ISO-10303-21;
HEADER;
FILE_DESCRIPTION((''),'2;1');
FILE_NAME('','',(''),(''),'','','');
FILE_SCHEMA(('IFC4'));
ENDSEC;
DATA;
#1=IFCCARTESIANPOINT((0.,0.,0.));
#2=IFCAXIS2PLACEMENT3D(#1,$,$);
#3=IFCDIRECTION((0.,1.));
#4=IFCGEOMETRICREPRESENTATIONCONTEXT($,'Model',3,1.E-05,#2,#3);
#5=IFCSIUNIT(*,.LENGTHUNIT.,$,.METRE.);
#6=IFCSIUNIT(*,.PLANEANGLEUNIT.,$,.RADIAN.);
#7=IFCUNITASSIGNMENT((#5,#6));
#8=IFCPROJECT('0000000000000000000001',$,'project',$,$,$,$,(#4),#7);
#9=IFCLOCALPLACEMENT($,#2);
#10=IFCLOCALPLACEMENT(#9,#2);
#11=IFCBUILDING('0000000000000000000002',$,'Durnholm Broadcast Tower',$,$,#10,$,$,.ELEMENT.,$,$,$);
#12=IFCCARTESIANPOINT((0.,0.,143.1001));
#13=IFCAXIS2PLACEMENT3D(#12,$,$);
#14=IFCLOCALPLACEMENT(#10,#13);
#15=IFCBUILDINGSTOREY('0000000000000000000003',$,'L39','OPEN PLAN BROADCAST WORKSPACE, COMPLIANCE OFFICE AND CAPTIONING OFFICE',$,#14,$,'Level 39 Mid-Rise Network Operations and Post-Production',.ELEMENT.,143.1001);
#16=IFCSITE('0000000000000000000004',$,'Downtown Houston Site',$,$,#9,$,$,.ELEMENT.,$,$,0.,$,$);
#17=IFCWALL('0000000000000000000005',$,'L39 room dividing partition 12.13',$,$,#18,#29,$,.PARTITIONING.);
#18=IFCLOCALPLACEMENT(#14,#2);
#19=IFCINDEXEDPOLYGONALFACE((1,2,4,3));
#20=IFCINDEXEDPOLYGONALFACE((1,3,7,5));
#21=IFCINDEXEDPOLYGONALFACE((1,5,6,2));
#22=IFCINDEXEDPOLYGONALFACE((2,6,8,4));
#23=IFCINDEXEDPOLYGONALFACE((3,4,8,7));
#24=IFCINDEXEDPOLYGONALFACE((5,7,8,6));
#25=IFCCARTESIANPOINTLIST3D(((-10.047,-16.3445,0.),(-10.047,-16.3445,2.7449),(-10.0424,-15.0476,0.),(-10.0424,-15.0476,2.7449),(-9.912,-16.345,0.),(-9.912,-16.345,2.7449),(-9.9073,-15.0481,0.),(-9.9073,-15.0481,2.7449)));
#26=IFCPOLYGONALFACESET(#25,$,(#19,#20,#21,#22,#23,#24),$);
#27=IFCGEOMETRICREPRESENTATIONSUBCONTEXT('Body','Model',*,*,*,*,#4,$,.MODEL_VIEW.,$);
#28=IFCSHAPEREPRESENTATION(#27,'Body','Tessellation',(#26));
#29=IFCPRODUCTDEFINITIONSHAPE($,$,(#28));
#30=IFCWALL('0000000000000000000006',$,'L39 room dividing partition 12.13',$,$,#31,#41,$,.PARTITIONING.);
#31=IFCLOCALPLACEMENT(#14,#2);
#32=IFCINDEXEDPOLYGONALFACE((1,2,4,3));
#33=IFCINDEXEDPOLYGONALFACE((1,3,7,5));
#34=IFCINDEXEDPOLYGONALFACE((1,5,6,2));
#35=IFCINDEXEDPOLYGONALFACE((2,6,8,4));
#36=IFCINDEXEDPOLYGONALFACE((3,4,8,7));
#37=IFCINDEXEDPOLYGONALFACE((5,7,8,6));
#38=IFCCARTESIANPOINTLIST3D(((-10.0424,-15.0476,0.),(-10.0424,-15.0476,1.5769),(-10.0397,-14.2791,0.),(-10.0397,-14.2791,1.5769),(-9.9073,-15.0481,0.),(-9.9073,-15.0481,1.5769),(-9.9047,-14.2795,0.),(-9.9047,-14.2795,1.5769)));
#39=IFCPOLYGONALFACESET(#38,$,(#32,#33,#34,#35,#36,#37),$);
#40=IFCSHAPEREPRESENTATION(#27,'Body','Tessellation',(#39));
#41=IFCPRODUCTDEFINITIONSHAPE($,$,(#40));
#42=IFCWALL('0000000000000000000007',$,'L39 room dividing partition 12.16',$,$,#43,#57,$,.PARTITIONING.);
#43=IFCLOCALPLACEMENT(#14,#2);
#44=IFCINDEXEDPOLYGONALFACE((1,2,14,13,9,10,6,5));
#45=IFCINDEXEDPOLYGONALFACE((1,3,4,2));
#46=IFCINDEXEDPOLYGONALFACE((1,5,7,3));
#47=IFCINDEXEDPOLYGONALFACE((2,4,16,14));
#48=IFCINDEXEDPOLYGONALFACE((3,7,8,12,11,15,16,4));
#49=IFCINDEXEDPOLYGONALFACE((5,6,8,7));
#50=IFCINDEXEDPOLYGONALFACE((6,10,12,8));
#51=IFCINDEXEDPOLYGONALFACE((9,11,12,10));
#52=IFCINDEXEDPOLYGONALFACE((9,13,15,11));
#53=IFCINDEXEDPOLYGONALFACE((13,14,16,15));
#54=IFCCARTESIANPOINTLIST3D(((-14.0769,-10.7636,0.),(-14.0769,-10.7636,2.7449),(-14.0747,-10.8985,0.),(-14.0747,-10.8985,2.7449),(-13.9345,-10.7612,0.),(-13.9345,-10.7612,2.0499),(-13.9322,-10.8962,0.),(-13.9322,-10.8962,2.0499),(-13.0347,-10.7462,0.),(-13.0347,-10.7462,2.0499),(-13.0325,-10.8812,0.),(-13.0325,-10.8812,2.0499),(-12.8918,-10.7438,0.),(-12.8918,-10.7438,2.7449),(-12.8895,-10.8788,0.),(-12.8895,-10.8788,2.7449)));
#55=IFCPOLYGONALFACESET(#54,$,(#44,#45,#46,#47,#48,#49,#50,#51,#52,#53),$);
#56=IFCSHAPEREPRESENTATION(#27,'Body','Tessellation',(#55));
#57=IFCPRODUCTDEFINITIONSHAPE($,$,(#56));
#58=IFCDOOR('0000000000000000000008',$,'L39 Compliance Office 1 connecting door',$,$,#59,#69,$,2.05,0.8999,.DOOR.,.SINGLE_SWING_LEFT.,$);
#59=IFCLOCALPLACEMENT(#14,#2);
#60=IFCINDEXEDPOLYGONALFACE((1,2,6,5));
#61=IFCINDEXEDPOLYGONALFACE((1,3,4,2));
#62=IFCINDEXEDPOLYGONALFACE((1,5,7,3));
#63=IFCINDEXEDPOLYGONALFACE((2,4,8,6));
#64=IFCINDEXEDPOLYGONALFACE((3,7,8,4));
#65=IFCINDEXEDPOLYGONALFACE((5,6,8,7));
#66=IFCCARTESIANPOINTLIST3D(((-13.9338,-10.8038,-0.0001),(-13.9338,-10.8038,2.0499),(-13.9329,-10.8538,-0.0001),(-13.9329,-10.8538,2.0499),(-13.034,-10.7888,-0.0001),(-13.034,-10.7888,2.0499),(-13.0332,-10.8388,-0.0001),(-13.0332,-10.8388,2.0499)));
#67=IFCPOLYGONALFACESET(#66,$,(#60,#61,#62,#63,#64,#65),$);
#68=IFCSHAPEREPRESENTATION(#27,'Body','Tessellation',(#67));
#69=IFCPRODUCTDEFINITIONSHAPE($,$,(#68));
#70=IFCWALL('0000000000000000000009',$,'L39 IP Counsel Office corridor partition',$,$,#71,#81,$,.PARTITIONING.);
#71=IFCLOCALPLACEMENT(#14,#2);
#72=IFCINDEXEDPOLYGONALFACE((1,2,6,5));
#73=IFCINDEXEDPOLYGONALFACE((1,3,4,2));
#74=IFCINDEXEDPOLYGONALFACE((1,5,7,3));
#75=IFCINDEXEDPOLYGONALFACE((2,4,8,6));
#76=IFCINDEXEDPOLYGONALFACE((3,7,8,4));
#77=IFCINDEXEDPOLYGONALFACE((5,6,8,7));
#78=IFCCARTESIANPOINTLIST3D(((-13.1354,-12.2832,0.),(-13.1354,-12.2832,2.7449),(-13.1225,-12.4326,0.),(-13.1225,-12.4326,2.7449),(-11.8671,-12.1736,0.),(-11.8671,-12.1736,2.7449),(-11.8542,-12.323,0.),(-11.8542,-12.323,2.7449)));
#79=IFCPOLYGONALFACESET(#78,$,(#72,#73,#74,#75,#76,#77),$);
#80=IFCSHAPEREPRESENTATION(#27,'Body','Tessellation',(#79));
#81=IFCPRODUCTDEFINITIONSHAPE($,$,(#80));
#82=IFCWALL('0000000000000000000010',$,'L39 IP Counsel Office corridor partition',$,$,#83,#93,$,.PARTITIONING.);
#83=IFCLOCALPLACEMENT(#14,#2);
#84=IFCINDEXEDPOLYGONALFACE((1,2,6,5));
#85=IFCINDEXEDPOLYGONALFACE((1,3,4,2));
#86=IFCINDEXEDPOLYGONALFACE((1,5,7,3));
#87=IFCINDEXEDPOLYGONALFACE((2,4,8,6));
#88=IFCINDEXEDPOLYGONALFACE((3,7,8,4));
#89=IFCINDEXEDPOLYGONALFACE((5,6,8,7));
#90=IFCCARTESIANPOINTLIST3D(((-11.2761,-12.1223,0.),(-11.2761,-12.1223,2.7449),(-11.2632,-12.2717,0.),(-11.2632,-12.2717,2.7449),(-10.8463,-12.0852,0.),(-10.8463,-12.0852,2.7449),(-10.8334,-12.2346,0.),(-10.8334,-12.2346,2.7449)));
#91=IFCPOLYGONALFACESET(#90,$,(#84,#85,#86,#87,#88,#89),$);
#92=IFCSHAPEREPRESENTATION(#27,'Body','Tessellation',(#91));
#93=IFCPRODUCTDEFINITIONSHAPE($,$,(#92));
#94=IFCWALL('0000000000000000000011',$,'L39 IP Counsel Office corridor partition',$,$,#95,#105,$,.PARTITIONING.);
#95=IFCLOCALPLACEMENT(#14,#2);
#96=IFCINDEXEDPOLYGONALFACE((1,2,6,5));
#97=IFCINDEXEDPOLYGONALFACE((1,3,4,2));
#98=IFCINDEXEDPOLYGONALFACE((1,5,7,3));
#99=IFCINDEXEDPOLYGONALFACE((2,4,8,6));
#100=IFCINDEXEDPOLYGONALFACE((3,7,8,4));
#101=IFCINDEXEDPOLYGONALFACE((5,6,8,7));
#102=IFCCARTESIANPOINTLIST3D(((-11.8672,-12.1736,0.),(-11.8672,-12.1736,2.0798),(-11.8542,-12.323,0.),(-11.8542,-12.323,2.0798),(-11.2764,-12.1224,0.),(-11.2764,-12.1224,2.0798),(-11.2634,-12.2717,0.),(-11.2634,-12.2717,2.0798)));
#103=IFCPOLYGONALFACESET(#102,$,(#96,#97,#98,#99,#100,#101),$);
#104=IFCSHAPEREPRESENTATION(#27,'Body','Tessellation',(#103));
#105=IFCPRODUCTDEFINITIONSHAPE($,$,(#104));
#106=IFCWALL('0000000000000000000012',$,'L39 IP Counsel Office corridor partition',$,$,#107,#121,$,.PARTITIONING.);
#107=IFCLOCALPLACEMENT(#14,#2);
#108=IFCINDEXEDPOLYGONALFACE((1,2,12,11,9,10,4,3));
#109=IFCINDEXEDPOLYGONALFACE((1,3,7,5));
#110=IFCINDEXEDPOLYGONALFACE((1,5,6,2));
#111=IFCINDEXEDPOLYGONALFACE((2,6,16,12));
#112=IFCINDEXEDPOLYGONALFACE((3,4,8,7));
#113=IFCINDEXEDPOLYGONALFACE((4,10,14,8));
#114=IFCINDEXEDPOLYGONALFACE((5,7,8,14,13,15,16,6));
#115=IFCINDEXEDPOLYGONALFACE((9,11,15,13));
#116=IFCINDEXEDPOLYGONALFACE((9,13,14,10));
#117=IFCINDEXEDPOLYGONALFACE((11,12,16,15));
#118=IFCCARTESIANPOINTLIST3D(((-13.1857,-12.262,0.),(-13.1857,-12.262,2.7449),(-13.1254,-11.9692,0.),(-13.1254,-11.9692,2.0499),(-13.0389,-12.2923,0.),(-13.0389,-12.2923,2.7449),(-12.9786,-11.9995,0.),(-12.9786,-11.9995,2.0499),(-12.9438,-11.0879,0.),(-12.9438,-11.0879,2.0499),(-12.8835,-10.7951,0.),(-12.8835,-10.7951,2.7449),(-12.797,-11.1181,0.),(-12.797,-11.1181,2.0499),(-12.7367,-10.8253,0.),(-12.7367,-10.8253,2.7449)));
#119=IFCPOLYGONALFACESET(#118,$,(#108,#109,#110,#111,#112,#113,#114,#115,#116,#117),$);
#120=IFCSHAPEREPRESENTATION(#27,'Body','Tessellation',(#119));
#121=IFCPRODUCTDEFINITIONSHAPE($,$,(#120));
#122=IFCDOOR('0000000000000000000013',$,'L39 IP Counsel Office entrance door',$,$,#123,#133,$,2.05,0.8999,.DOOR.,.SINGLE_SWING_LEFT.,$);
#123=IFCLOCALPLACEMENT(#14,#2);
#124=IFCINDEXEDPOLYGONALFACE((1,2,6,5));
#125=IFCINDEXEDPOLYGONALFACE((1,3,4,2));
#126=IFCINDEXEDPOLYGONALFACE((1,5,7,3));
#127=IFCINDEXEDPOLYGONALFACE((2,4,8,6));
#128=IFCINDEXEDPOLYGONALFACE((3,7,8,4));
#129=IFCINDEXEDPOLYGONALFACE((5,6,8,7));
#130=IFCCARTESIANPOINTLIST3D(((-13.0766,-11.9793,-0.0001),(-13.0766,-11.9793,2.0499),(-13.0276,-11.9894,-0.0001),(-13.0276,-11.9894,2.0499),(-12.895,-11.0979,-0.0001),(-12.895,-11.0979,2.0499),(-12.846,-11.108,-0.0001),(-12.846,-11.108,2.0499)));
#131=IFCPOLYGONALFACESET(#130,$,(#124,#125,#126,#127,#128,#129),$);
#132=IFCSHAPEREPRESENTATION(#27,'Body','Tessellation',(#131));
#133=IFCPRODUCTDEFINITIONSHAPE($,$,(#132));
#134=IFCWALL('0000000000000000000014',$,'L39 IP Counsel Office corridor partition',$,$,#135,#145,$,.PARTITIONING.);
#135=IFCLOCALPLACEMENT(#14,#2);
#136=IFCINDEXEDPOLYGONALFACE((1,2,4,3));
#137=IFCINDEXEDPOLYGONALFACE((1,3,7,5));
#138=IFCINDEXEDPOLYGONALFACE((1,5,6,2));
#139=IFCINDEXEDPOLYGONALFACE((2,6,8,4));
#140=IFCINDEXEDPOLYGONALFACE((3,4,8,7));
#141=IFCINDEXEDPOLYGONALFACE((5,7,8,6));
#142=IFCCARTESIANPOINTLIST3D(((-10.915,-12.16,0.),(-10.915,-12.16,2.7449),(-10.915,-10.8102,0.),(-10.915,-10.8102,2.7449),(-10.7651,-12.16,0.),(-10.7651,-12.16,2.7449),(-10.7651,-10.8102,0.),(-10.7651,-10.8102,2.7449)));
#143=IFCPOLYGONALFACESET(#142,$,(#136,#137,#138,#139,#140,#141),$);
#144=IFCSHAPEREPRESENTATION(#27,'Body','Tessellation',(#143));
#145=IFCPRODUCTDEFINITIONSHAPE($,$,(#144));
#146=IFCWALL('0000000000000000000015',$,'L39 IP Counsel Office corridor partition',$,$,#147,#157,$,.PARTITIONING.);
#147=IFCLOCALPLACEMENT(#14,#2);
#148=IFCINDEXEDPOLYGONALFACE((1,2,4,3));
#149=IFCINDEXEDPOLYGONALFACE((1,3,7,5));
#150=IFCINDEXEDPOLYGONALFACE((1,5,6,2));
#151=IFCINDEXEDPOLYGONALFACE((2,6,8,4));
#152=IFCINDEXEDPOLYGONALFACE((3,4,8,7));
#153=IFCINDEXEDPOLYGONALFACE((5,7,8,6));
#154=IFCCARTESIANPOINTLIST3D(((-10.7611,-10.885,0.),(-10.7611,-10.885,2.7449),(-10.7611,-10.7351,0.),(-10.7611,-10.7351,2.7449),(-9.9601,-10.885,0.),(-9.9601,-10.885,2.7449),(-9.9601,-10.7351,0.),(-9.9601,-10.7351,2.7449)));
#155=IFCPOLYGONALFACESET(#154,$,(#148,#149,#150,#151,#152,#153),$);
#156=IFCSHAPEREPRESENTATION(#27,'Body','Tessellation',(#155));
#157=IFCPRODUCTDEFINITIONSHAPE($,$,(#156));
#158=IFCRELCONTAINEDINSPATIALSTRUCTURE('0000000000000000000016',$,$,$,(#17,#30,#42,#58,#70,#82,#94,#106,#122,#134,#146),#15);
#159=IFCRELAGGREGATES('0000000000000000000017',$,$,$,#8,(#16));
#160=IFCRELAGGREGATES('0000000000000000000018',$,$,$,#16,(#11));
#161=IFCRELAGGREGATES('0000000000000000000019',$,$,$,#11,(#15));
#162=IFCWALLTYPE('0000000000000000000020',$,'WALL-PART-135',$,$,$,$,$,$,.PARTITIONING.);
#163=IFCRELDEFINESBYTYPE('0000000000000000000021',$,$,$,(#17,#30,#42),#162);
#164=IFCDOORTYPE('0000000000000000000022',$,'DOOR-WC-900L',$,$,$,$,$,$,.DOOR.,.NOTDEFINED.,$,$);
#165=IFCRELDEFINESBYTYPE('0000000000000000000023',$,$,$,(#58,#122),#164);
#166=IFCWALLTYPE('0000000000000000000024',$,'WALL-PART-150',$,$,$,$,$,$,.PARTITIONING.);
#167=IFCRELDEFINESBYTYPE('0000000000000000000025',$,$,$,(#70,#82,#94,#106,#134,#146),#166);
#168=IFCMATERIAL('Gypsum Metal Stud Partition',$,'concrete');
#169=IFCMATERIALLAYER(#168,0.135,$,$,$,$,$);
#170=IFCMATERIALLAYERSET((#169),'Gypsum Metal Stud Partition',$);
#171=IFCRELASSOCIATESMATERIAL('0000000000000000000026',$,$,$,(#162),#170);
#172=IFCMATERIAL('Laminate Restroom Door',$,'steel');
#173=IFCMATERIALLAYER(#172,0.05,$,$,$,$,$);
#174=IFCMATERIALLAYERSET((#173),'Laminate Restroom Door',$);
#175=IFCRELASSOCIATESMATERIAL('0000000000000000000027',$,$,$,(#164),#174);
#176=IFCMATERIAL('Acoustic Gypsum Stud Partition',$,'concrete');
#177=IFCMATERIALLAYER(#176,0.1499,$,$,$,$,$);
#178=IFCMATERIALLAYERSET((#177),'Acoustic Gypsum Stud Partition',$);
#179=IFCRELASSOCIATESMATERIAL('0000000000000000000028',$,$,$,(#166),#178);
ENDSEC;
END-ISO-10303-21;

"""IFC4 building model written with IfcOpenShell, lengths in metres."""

from ifc_helpers import new_model, si_unit, direction, frame, frame_2d, origin, place, context, subcontext, project, spatial, rectangle, extrude, source, transform, mapped, material, layer, layer_set, type_object, type_shapes, element, fill, save


model = new_model("IFC4")

# Units and contexts
model_context = context("Model", 3, precision=1e-05, world=origin(), true_north=direction((0.0, 1.0)))
body_context = subcontext(model_context, "Body", "Model", "MODEL_VIEW")
ifc_project = project(units=[si_unit("LENGTHUNIT", "METRE"), si_unit("PLANEANGLEUNIT", "RADIAN")], contexts=[model_context])

# Site, building, storey
site_placement = place(None, origin())
site = spatial("IfcSite", under=ifc_project, at=site_placement, Name="Downtown Houston Site", CompositionType="ELEMENT", RefElevation=0.0)
building_placement = place(site_placement, origin())
building = spatial("IfcBuilding", under=site, at=building_placement, Name="Durnholm Broadcast Tower", CompositionType="ELEMENT")
storey_placement = place(building_placement, frame((0.0, 0.0, 143.1001)))
storey = spatial("IfcBuildingStorey", under=building, at=storey_placement, Name="L39", Description="OPEN PLAN BROADCAST WORKSPACE, COMPLIANCE OFFICE AND CAPTIONING OFFICE", LongName="Level 39 Mid-Rise Network Operations and Post-Production", CompositionType="ELEMENT", Elevation=143.1001)

# Walls
ifc_material_1 = material(Name="Gypsum Metal Stud Partition", Category="concrete")
ifc_layer_1 = layer(ifc_material_1, 0.135)
ifc_layer_set_1 = layer_set([ifc_layer_1], Name="Gypsum Metal Stud Partition")
wall_type_1 = type_object("IfcWallType", Name="WALL-PART-135", PredefinedType="PARTITIONING", material=ifc_layer_set_1)
wall_1_placement = place(storey_placement, frame((-9.9749, -15.0479, 0.0), z_axis=(0.0, 0.0, 1.0), x_axis=(-0.003577, -0.999994, 0.0)))
element("IfcWall", 1, at=wall_1_placement, inside=storey, type_object=wall_type_1, Name="L39 room dividing partition 12.13", PredefinedType="PARTITIONING", context=body_context, shape_type="SweptSolid", body=[
    extrude(rectangle(XDim=1.2969, YDim=0.135, at=frame_2d((0.6484, 0.0))), origin(), (0.0, 0.0, 1.0), 2.7449),
])
wall_2_placement = place(storey_placement, frame((-9.9722, -14.2793, 0.0), z_axis=(0.0, 0.0, 1.0), x_axis=(-0.003494, -0.999994, 0.0)))
element("IfcWall", 2, at=wall_2_placement, inside=storey, type_object=wall_type_1, Name="L39 room dividing partition 12.13", PredefinedType="PARTITIONING", context=body_context, shape_type="SweptSolid", body=[
    extrude(rectangle(XDim=0.7686, YDim=0.135, at=frame_2d((0.3843, 0.0))), origin(), (0.0, 0.0, 1.0), 1.5769),
])

# Wall, opening, door
wall_3_placement = place(storey_placement, frame((-14.0759, -10.8311, 0.0), z_axis=(0.0, 0.0, 1.0), x_axis=(0.999861, 0.016685, 0.0)))
wall_3 = element("IfcWall", 3, at=wall_3_placement, inside=storey, type_object=wall_type_1, Name="L39 room dividing partition 12.16", PredefinedType="PARTITIONING", context=body_context, shape_type="SweptSolid", body=[
    extrude(rectangle(XDim=1.1853, YDim=0.135, at=frame_2d((0.5928, 0.0))), origin(), (0.0, 0.0, 1.0), 2.7449),
])
opening_1_placement = place(wall_3_placement, frame((0.1426, 0.0, 0.0)))
opening_1 = element("IfcOpeningElement", 4, at=opening_1_placement, cuts=wall_3, PredefinedType="OPENING", context=body_context, shape_type="SweptSolid", body=[
    extrude(rectangle(XDim=0.8999, YDim=2.05, at=frame_2d((0.45, 1.0249))), frame((0.0, 0.0776, 0.0), z_axis=(0.0, -1.0, 0.0), x_axis=(1.0, 0.0, 0.0)), (0.0, 0.0, 1.0), 0.155),
])
ifc_material_2 = material(Name="Laminate Restroom Door", Category="steel")
ifc_layer_2 = layer(ifc_material_2, 0.05)
ifc_layer_set_2 = layer_set([ifc_layer_2], Name="Laminate Restroom Door")
door_type = type_object("IfcDoorType", Name="DOOR-WC-900L", OperationType="NOTDEFINED", PredefinedType="DOOR", material=ifc_layer_set_2)
shared_shape_1 = source(origin(), body_context, "Body", "SweptSolid", [
    extrude(rectangle(XDim=0.8999, YDim=2.05, at=frame_2d((0.45, 1.0249))), frame((0.0, 0.0249, 0.0), z_axis=(0.0, -1.0, 0.0), x_axis=(1.0, 0.0, 0.0)), (0.0, 0.0, 1.0), 0.05),
])
type_shapes(door_type, [shared_shape_1])
door_1_placement = place(opening_1_placement, origin())
door_1 = element("IfcDoor", 5, at=door_1_placement, inside=storey, type_object=door_type, Name="L39 Compliance Office 1 connecting door", OperationType="SINGLE_SWING_LEFT", OverallHeight=2.05, OverallWidth=0.8999, PredefinedType="DOOR", context=body_context, shape_type="MappedRepresentation", body=[
    mapped(shared_shape_1, transform((0.0, 0.0, 0.0), x_axis=(1.0, 0.0, 0.0), y_axis=(0.0, 1.0, 0.0), z_axis=(0.0, 0.0, 1.0), scale=1.0)),
])
fill(opening_1, door_1)

# Walls
ifc_material_3 = material(Name="Acoustic Gypsum Stud Partition", Category="concrete")
ifc_layer_3 = layer(ifc_material_3, 0.1499)
ifc_layer_set_3 = layer_set([ifc_layer_3], Name="Acoustic Gypsum Stud Partition")
wall_type_2 = type_object("IfcWallType", Name="WALL-PART-150", PredefinedType="PARTITIONING", material=ifc_layer_set_3)
wall_4_placement = place(storey_placement, frame((-13.1289, -12.3579, 0.0), z_axis=(0.0, 0.0, 1.0), x_axis=(0.996286, 0.086108, 0.0)))
element("IfcWall", 6, at=wall_4_placement, inside=storey, type_object=wall_type_2, Name="L39 IP Counsel Office corridor partition", PredefinedType="PARTITIONING", context=body_context, shape_type="SweptSolid", body=[
    extrude(rectangle(XDim=1.2729, YDim=0.1499, at=frame_2d((0.6365, 0.0))), origin(), (0.0, 0.0, 1.0), 2.7449),
])
wall_5_placement = place(storey_placement, frame((-11.2698, -12.197, 0.0), z_axis=(0.0, 0.0, 1.0), x_axis=(0.996291, 0.086043, 0.0)))
element("IfcWall", 7, at=wall_5_placement, inside=storey, type_object=wall_type_2, Name="L39 IP Counsel Office corridor partition", PredefinedType="PARTITIONING", context=body_context, shape_type="SweptSolid", body=[
    extrude(rectangle(XDim=0.4314, YDim=0.1499, at=frame_2d((0.2158, 0.0))), origin(), (0.0, 0.0, 1.0), 2.7449),
])
wall_6_placement = place(storey_placement, frame((-11.8606, -12.2483, 0.0), z_axis=(0.0, 0.0, 1.0), x_axis=(0.996256, 0.086452, 0.0)))
element("IfcWall", 8, at=wall_6_placement, inside=storey, type_object=wall_type_2, Name="L39 IP Counsel Office corridor partition", PredefinedType="PARTITIONING", context=body_context, shape_type="SweptSolid", body=[
    extrude(rectangle(XDim=0.593, YDim=0.1499, at=frame_2d((0.2964, 0.0))), origin(), (0.0, 0.0, 1.0), 2.0798),
])

# Wall, opening, door
wall_7_placement = place(storey_placement, frame((-12.8101, -10.8101, 0.0), z_axis=(0.0, 0.0, 1.0), x_axis=(-0.201786, -0.97943, 0.0)))
wall_7 = element("IfcWall", 9, at=wall_7_placement, inside=storey, type_object=wall_type_2, Name="L39 IP Counsel Office corridor partition", PredefinedType="PARTITIONING", context=body_context, shape_type="SweptSolid", body=[
    extrude(rectangle(XDim=1.4978, YDim=0.1499, at=frame_2d((0.749, 0.0))), origin(), (0.0, 0.0, 1.0), 2.7449),
])
opening_2_placement = place(wall_7_placement, frame((0.2991, 0.0, 0.0)))
opening_2 = element("IfcOpeningElement", 10, at=opening_2_placement, cuts=wall_7, PredefinedType="OPENING", context=body_context, shape_type="SweptSolid", body=[
    extrude(rectangle(XDim=0.8999, YDim=2.05, at=frame_2d((0.45, 1.0249))), frame((0.0, 0.085, 0.0), z_axis=(0.0, -1.0, 0.0), x_axis=(1.0, 0.0, 0.0)), (0.0, 0.0, 1.0), 0.1699),
])
door_2_placement = place(opening_2_placement, origin())
door_2 = element("IfcDoor", 11, at=door_2_placement, inside=storey, type_object=door_type, Name="L39 IP Counsel Office entrance door", OperationType="SINGLE_SWING_LEFT", OverallHeight=2.05, OverallWidth=0.8999, PredefinedType="DOOR", context=body_context, shape_type="MappedRepresentation", body=[
    mapped(shared_shape_1, transform((0.0, 0.0, 0.0), x_axis=(1.0, 0.0, 0.0), y_axis=(0.0, 1.0, 0.0), z_axis=(0.0, 0.0, 1.0), scale=1.0)),
])
fill(opening_2, door_2)

# Walls
wall_8_placement = place(storey_placement, frame((-10.8401, -12.1599, 0.0), z_axis=(0.0, 0.0, 1.0), x_axis=(0.0, 1.0, 0.0)))
element("IfcWall", 12, at=wall_8_placement, inside=storey, type_object=wall_type_2, Name="L39 IP Counsel Office corridor partition", PredefinedType="PARTITIONING", context=body_context, shape_type="SweptSolid", body=[
    extrude(rectangle(XDim=1.3499, YDim=0.1499, at=frame_2d((0.6748, 0.0))), origin(), (0.0, 0.0, 1.0), 2.7449),
])
wall_9_placement = place(storey_placement, frame((-10.761, -10.8101, 0.0), z_axis=(0.0, 0.0, 1.0), x_axis=(1.0, 0.0, 0.0)))
element("IfcWall", 13, at=wall_9_placement, inside=storey, type_object=wall_type_2, Name="L39 IP Counsel Office corridor partition", PredefinedType="PARTITIONING", context=body_context, shape_type="SweptSolid", body=[
    extrude(rectangle(XDim=0.801, YDim=0.1499, at=frame_2d((0.4004, 0.0))), origin(), (0.0, 0.0, 1.0), 2.7449),
])

save(model, "model.ifc")
